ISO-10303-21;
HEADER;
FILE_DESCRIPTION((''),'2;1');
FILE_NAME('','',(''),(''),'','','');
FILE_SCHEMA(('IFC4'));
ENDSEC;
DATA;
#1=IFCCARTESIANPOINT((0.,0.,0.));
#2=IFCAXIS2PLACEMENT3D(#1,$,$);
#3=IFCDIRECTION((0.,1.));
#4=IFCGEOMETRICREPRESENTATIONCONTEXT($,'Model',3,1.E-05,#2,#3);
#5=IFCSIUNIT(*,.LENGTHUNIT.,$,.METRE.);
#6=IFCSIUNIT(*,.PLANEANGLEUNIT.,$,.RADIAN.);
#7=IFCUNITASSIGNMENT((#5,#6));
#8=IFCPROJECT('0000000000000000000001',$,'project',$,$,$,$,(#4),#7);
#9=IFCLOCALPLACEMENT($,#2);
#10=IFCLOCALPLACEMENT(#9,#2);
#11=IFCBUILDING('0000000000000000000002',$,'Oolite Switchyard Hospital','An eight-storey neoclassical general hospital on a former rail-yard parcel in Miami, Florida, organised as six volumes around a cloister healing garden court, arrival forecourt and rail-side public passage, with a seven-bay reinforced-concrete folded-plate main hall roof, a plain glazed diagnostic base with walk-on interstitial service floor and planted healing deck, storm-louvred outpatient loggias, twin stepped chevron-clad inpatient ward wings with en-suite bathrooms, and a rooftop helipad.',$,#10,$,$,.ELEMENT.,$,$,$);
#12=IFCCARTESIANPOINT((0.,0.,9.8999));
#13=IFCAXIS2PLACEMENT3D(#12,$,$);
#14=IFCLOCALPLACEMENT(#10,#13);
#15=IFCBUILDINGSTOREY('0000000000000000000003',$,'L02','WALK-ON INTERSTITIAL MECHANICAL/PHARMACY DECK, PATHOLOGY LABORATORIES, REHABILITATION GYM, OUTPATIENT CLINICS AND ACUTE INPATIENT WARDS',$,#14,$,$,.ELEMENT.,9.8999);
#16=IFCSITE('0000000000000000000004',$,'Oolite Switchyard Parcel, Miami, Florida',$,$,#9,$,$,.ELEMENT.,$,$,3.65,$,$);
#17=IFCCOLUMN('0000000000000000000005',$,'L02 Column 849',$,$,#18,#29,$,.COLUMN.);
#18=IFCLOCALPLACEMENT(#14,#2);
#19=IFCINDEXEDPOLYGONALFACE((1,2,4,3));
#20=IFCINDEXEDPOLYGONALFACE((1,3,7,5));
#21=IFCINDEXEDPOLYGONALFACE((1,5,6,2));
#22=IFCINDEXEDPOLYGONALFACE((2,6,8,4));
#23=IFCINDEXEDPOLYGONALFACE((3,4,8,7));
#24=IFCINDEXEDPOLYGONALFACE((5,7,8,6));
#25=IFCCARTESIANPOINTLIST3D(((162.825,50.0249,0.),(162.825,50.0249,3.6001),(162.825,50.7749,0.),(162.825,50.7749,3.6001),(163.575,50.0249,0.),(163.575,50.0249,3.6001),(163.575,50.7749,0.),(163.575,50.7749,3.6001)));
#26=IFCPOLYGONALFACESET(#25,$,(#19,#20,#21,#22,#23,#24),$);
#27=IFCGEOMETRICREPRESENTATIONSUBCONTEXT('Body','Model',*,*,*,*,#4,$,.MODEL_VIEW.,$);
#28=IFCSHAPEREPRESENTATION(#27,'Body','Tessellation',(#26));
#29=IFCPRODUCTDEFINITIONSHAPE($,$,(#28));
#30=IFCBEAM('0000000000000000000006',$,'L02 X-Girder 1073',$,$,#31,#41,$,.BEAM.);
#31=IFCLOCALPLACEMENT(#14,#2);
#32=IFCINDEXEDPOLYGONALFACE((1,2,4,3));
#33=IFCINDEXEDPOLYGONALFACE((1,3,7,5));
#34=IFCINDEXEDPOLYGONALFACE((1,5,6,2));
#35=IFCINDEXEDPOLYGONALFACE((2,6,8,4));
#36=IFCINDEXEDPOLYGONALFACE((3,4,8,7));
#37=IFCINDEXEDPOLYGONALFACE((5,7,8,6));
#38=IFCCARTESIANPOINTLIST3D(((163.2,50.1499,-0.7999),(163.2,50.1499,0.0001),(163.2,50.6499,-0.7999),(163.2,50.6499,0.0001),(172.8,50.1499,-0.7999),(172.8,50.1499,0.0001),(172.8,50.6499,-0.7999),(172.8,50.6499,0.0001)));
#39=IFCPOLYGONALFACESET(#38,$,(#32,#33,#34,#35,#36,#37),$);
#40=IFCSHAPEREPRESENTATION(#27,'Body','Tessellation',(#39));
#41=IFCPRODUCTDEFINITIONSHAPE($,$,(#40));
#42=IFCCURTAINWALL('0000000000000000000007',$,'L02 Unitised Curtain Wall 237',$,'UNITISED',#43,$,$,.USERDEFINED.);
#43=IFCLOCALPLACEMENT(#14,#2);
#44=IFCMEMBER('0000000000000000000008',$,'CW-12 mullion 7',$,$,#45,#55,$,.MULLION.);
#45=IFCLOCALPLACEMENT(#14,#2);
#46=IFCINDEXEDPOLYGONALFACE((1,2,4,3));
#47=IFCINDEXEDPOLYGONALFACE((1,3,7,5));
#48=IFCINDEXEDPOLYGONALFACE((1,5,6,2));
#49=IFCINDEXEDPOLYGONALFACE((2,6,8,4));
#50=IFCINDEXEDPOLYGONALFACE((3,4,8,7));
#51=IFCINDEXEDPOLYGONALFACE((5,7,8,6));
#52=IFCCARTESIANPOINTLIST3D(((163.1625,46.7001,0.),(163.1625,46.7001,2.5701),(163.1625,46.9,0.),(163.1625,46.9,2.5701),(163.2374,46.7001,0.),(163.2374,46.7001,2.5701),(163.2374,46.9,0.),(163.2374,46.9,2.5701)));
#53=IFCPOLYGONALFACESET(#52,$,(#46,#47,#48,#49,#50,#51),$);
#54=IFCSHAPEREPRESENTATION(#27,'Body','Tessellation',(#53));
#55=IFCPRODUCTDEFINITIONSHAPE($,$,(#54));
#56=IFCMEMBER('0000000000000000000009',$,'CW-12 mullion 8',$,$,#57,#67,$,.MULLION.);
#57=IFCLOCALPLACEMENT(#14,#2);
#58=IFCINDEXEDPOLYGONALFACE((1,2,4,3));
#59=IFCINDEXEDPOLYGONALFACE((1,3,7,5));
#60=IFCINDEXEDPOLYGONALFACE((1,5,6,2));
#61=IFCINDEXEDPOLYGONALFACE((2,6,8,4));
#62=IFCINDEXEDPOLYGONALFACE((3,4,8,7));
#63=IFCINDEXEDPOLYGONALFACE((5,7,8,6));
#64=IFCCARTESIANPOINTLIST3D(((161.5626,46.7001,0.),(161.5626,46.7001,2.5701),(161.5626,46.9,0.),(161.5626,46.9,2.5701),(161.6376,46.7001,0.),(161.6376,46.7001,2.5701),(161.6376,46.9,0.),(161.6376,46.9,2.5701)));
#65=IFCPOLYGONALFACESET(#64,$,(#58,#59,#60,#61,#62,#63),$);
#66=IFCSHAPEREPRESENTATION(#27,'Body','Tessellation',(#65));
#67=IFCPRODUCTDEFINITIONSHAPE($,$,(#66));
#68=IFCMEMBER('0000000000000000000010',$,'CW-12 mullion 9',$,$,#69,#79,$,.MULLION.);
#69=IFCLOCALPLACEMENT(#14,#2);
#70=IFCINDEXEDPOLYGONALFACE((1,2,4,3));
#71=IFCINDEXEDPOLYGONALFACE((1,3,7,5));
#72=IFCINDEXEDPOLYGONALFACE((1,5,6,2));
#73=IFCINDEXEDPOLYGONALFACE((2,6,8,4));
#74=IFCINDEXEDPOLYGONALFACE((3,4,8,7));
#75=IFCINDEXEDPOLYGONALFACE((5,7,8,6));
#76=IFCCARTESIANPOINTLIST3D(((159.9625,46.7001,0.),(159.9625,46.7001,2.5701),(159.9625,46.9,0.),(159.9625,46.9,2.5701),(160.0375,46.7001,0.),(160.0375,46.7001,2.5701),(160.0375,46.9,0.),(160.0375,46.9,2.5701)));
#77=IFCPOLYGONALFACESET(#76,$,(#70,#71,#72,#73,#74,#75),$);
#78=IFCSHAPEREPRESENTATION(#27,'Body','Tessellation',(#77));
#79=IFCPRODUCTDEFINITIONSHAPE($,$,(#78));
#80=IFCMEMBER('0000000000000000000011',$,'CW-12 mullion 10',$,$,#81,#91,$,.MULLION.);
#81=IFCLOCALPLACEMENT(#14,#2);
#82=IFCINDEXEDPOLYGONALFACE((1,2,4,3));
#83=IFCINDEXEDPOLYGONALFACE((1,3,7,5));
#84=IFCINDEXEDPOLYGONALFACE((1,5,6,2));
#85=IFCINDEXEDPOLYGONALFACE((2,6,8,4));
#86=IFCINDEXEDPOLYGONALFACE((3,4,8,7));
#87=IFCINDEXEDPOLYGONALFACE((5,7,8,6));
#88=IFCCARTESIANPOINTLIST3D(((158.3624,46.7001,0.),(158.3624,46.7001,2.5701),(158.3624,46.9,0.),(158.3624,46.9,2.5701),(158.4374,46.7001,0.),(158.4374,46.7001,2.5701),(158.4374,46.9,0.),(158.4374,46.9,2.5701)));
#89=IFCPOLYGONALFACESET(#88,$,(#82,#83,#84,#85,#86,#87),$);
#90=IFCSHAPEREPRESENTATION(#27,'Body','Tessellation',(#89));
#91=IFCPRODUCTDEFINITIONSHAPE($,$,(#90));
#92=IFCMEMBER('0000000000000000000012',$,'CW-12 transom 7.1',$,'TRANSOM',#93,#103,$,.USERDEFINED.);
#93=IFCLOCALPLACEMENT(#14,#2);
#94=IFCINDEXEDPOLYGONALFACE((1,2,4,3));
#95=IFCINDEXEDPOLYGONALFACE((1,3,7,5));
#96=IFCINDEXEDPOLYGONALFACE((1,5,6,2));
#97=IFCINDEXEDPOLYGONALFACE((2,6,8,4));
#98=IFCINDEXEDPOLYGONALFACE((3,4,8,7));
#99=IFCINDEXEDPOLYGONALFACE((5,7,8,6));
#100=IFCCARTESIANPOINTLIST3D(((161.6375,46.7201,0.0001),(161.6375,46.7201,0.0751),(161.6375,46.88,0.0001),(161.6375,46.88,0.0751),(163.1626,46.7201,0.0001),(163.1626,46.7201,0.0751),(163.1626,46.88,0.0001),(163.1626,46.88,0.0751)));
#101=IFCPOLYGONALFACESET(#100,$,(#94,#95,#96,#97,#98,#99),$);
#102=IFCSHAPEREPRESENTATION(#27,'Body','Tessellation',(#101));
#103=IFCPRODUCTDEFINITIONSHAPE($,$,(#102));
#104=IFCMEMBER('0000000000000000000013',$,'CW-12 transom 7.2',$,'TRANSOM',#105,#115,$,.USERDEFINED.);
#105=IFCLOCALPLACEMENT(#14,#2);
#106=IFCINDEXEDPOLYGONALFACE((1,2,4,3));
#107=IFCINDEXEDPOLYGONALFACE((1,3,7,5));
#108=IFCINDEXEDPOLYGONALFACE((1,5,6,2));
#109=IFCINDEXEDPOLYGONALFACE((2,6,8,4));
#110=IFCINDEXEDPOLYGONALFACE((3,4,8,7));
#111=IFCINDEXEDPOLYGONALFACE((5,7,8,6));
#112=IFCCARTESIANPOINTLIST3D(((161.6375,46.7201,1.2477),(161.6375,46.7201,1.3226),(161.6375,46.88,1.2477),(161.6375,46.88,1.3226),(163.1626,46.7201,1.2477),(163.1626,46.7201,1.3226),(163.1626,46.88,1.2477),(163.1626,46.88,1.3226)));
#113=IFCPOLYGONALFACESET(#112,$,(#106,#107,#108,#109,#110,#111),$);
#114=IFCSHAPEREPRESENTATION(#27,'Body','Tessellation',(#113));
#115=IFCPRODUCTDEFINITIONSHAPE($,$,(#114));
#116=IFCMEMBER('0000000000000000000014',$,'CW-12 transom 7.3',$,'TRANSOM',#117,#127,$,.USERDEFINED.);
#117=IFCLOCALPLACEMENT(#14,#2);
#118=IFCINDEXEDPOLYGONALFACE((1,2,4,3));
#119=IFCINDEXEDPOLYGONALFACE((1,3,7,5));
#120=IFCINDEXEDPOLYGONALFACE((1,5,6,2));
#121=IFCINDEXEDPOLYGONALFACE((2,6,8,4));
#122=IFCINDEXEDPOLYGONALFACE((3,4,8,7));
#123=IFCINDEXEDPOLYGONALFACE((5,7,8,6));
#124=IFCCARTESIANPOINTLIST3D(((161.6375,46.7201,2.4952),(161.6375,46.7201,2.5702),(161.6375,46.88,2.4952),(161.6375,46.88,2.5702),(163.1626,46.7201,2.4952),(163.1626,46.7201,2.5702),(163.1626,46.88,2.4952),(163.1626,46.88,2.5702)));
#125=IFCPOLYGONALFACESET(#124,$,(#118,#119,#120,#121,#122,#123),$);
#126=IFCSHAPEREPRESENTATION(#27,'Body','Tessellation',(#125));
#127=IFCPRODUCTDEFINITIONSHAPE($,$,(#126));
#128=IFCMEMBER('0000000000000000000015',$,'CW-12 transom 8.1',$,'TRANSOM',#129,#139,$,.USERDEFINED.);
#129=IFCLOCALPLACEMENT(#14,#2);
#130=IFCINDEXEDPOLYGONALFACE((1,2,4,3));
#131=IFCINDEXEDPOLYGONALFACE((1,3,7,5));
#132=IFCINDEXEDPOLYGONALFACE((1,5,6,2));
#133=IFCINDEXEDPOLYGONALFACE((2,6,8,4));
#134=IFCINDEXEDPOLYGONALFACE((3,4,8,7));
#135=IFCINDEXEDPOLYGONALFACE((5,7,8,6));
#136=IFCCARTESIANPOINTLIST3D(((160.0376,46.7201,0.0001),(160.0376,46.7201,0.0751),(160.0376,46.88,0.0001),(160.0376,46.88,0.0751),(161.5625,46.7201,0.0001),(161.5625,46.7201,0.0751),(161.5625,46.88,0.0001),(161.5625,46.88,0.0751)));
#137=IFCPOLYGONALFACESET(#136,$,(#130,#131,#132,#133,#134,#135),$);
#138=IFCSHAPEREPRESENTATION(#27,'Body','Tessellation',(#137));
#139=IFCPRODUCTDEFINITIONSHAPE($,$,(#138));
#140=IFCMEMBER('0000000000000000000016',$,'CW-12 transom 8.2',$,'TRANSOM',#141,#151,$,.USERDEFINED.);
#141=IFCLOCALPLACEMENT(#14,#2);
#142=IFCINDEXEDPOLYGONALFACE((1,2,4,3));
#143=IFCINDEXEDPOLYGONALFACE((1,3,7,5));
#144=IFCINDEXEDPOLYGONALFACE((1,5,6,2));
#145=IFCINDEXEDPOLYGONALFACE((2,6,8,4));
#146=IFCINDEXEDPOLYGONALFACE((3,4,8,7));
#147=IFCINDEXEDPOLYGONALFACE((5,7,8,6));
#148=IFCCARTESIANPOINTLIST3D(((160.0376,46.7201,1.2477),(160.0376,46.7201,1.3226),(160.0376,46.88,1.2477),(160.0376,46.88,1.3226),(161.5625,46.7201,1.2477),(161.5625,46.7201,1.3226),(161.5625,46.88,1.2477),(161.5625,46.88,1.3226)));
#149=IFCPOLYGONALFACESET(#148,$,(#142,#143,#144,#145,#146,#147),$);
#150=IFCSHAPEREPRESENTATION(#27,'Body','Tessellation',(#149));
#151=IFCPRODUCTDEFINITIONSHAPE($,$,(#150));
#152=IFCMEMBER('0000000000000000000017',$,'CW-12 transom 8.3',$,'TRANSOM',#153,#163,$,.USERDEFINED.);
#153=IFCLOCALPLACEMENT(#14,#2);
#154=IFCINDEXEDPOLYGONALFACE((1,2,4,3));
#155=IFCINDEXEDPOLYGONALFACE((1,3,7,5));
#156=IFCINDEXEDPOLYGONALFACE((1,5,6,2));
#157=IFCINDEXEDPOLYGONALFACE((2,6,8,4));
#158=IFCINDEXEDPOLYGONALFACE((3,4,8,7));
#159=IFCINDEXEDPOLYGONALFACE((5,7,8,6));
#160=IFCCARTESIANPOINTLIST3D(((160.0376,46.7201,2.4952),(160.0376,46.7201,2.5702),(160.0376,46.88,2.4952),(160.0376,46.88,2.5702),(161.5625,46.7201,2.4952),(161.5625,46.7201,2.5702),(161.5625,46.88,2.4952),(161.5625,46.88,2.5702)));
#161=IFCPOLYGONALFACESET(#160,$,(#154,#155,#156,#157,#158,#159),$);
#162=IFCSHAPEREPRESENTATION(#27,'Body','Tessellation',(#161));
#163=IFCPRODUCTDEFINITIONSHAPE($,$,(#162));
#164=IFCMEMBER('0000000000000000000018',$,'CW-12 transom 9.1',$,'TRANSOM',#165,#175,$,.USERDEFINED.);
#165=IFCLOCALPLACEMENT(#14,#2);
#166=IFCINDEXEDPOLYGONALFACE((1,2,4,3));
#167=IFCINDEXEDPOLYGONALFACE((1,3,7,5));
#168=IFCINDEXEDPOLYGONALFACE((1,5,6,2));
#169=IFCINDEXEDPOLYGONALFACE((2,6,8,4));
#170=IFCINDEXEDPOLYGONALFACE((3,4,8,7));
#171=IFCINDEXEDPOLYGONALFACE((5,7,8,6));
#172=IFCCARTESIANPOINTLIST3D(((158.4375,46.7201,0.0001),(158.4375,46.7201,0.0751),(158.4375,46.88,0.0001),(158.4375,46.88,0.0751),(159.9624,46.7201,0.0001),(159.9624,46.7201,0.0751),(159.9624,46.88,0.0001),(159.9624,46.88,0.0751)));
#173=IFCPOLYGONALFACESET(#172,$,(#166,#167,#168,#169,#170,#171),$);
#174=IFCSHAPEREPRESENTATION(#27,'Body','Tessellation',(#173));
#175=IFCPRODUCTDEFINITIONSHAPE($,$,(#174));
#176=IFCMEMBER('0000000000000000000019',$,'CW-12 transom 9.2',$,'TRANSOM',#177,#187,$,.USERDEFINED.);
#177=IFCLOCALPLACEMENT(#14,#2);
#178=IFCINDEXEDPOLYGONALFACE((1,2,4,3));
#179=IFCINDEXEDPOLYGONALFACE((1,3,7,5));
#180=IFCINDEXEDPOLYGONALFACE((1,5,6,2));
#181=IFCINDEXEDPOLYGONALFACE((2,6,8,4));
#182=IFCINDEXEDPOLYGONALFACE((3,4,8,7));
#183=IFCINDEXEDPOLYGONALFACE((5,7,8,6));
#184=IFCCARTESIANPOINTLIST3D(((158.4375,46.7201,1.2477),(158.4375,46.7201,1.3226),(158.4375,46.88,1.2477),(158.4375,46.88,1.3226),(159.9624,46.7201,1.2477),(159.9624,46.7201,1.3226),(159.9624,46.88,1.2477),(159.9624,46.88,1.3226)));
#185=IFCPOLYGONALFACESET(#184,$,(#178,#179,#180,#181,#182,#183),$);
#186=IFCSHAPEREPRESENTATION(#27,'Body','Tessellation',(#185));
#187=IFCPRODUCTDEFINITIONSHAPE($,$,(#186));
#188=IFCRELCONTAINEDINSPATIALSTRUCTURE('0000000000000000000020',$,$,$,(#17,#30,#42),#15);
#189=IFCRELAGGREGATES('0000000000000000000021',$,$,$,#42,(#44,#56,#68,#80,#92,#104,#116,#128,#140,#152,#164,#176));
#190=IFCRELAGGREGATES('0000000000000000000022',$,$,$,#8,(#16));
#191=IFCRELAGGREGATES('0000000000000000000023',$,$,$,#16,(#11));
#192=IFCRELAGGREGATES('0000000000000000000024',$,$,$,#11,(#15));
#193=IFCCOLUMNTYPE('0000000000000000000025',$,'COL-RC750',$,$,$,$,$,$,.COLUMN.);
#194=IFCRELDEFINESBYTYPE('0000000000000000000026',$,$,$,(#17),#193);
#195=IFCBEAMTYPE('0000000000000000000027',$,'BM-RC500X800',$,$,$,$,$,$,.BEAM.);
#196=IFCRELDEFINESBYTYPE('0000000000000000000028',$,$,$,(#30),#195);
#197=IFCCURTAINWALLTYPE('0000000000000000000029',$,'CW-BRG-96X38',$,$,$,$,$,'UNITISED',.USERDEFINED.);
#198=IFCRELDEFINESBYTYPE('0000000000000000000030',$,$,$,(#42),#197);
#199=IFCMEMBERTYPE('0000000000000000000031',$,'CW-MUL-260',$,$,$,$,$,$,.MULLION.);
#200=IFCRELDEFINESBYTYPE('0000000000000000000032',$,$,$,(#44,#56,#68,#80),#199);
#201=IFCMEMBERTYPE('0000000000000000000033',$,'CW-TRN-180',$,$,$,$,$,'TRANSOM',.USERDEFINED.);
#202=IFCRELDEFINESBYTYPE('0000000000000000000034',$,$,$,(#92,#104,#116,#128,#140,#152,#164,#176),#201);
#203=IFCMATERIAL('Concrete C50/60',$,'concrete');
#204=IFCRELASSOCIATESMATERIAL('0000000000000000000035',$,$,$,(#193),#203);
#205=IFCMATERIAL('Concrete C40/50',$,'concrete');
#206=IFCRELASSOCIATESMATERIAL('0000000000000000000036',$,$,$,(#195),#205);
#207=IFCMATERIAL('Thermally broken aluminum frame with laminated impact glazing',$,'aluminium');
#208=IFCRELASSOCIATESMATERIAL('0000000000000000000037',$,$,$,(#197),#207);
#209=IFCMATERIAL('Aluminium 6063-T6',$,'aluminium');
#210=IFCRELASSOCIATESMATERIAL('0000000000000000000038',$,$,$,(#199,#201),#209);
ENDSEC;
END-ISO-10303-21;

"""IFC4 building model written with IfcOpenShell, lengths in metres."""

from ifc_helpers import new_model, si_unit, direction, frame, origin, origin_2d, place, context, subcontext, project, spatial, rectangle, extrude, material, material_profile, profile_set, type_object, element, aggregate, save


model = new_model("IFC4")

# Units and contexts
model_context = context("Model", 3, precision=1e-05, world=origin(), true_north=direction((0.0, 1.0)))
body_context = subcontext(model_context, "Body", "Model", "MODEL_VIEW")
ifc_project = project(units=[si_unit("LENGTHUNIT", "METRE"), si_unit("PLANEANGLEUNIT", "RADIAN")], contexts=[model_context])

# Site, building, storey
site_placement = place(None, origin())
site = spatial("IfcSite", under=ifc_project, at=site_placement, Name="Oolite Switchyard Parcel, Miami, Florida", CompositionType="ELEMENT", RefElevation=3.65)
building_placement = place(site_placement, origin())
building = spatial("IfcBuilding", under=site, at=building_placement, Name="Oolite Switchyard Hospital", Description="An eight-storey neoclassical general hospital on a former rail-yard parcel in Miami, Florida, organised as six volumes around a cloister healing garden court, arrival forecourt and rail-side public passage, with a seven-bay reinforced-concrete folded-plate main hall roof, a plain glazed diagnostic base with walk-on interstitial service floor and planted healing deck, storm-louvred outpatient loggias, twin stepped chevron-clad inpatient ward wings with en-suite bathrooms, and a rooftop helipad.", CompositionType="ELEMENT")
storey_placement = place(building_placement, frame((0.0, 0.0, 9.8999)))
storey = spatial("IfcBuildingStorey", under=building, at=storey_placement, Name="L02", Description="WALK-ON INTERSTITIAL MECHANICAL/PHARMACY DECK, PATHOLOGY LABORATORIES, REHABILITATION GYM, OUTPATIENT CLINICS AND ACUTE INPATIENT WARDS", CompositionType="ELEMENT", Elevation=9.8999)

# Column
ifc_material_1 = material(Name="Concrete C50/60", Category="concrete")
ifc_material_profile_1 = material_profile(ifc_material_1, rectangle(XDim=0.75, YDim=0.75, at=origin_2d()), Name="RC750X750")
ifc_profile_set_1 = profile_set([ifc_material_profile_1], Name="Concrete C50/60")
column_type = type_object("IfcColumnType", Name="COL-RC750", PredefinedType="COLUMN", material=ifc_profile_set_1)
column_placement = place(storey_placement, frame((163.2, 50.3999, 0.0), z_axis=(0.0, 0.0, 1.0), x_axis=(1.0, 0.0, 0.0)))
element("IfcColumn", 1, at=column_placement, inside=storey, type_object=column_type, Name="L02 Column 849", PredefinedType="COLUMN", context=body_context, shape_type="SweptSolid", body=[
    extrude(rectangle(XDim=0.75, YDim=0.75, at=origin_2d()), origin(), (0.0, 0.0, 1.0), 3.6001),
])

# Beam
ifc_material_2 = material(Name="Concrete C40/50", Category="concrete")
ifc_material_profile_2 = material_profile(ifc_material_2, rectangle(XDim=0.5, YDim=0.8, at=origin_2d()), Name="RCB500X800")
ifc_profile_set_2 = profile_set([ifc_material_profile_2], Name="Concrete C40/50")
beam_type = type_object("IfcBeamType", Name="BM-RC500X800", PredefinedType="BEAM", material=ifc_profile_set_2)
beam_placement = place(storey_placement, frame((163.2, 50.3999, -0.3999), z_axis=(1.0, 0.0, 0.0), x_axis=(0.0, 1.0, 0.0)))
element("IfcBeam", 2, at=beam_placement, inside=storey, type_object=beam_type, Name="L02 X-Girder 1073", PredefinedType="BEAM", context=body_context, shape_type="SweptSolid", body=[
    extrude(rectangle(XDim=0.5, YDim=0.8, at=origin_2d()), origin(), (0.0, 0.0, 1.0), 9.6001),
])

# Curtain wall, members
ifc_material_3 = material(Name="Thermally broken aluminum frame with laminated impact glazing", Category="aluminium")
curtain_wall_type = type_object("IfcCurtainWallType", Name="CW-BRG-96X38", ElementType="UNITISED", PredefinedType="USERDEFINED", material=ifc_material_3)
curtain_wall_placement = place(storey_placement, origin())
curtain_wall = element("IfcCurtainWall", 3, at=curtain_wall_placement, inside=storey, type_object=curtain_wall_type, Name="L02 Unitised Curtain Wall 237", ObjectType="UNITISED", PredefinedType="USERDEFINED")
ifc_material_4 = material(Name="Aluminium 6063-T6", Category="aluminium")
ifc_material_profile_3 = material_profile(ifc_material_4, rectangle(XDim=0.2, YDim=0.075, at=origin_2d()), Name="CWM75X200")
ifc_profile_set_3 = profile_set([ifc_material_profile_3], Name="Aluminium 6063-T6")
member_type_1 = type_object("IfcMemberType", Name="CW-MUL-260", PredefinedType="MULLION", material=ifc_profile_set_3)
member_1_placement = place(storey_placement, frame((163.2, 46.8, 0.0), z_axis=(0.0, 0.0, 1.0), x_axis=(0.0, -1.0, 0.0)))
member_1 = element("IfcMember", 4, at=member_1_placement, type_object=member_type_1, Name="CW-12 mullion 7", PredefinedType="MULLION", context=body_context, shape_type="SweptSolid", body=[
    extrude(rectangle(XDim=0.2, YDim=0.075, at=origin_2d()), origin(), (0.0, 0.0, 1.0), 2.5701),
])
member_2_placement = place(storey_placement, frame((161.6001, 46.8, 0.0), z_axis=(0.0, 0.0, 1.0), x_axis=(0.0, -1.0, 0.0)))
member_2 = element("IfcMember", 5, at=member_2_placement, type_object=member_type_1, Name="CW-12 mullion 8", PredefinedType="MULLION", context=body_context, shape_type="SweptSolid", body=[
    extrude(rectangle(XDim=0.2, YDim=0.075, at=origin_2d()), origin(), (0.0, 0.0, 1.0), 2.5701),
])
member_3_placement = place(storey_placement, frame((160.0, 46.8, 0.0), z_axis=(0.0, 0.0, 1.0), x_axis=(0.0, -1.0, 0.0)))
member_3 = element("IfcMember", 6, at=member_3_placement, type_object=member_type_1, Name="CW-12 mullion 9", PredefinedType="MULLION", context=body_context, shape_type="SweptSolid", body=[
    extrude(rectangle(XDim=0.2, YDim=0.075, at=origin_2d()), origin(), (0.0, 0.0, 1.0), 2.5701),
])
member_4_placement = place(storey_placement, frame((158.3999, 46.8, 0.0), z_axis=(0.0, 0.0, 1.0), x_axis=(0.0, -1.0, 0.0)))
member_4 = element("IfcMember", 7, at=member_4_placement, type_object=member_type_1, Name="CW-12 mullion 10", PredefinedType="MULLION", context=body_context, shape_type="SweptSolid", body=[
    extrude(rectangle(XDim=0.2, YDim=0.075, at=origin_2d()), origin(), (0.0, 0.0, 1.0), 2.5701),
])
ifc_material_profile_4 = material_profile(ifc_material_4, rectangle(XDim=0.1599, YDim=0.075, at=origin_2d()), Name="CWT75X160")
ifc_profile_set_4 = profile_set([ifc_material_profile_4], Name="Aluminium 6063-T6")
member_type_2 = type_object("IfcMemberType", Name="CW-TRN-180", ElementType="TRANSOM", PredefinedType="USERDEFINED", material=ifc_profile_set_4)
member_5_placement = place(storey_placement, frame((163.1626, 46.8, 0.0376), z_axis=(-1.0, 0.0, 0.0), x_axis=(0.0, -1.0, 0.0)))
member_5 = element("IfcMember", 8, at=member_5_placement, type_object=member_type_2, Name="CW-12 transom 7.1", ObjectType="TRANSOM", PredefinedType="USERDEFINED", context=body_context, shape_type="SweptSolid", body=[
    extrude(rectangle(XDim=0.1599, YDim=0.075, at=origin_2d()), origin(), (0.0, 0.0, 1.0), 1.5251),
])
member_6_placement = place(storey_placement, frame((163.1626, 46.8, 1.2852), z_axis=(-1.0, 0.0, 0.0), x_axis=(0.0, -1.0, 0.0)))
member_6 = element("IfcMember", 9, at=member_6_placement, type_object=member_type_2, Name="CW-12 transom 7.2", ObjectType="TRANSOM", PredefinedType="USERDEFINED", context=body_context, shape_type="SweptSolid", body=[
    extrude(rectangle(XDim=0.1599, YDim=0.075, at=origin_2d()), origin(), (0.0, 0.0, 1.0), 1.5251),
])
member_7_placement = place(storey_placement, frame((163.1626, 46.8, 2.5327), z_axis=(-1.0, 0.0, 0.0), x_axis=(0.0, -1.0, 0.0)))
member_7 = element("IfcMember", 10, at=member_7_placement, type_object=member_type_2, Name="CW-12 transom 7.3", ObjectType="TRANSOM", PredefinedType="USERDEFINED", context=body_context, shape_type="SweptSolid", body=[
    extrude(rectangle(XDim=0.1599, YDim=0.075, at=origin_2d()), origin(), (0.0, 0.0, 1.0), 1.5251),
])
member_8_placement = place(storey_placement, frame((161.5625, 46.8, 0.0376), z_axis=(-1.0, 0.0, 0.0), x_axis=(0.0, -1.0, 0.0)))
member_8 = element("IfcMember", 11, at=member_8_placement, type_object=member_type_2, Name="CW-12 transom 8.1", ObjectType="TRANSOM", PredefinedType="USERDEFINED", context=body_context, shape_type="SweptSolid", body=[
    extrude(rectangle(XDim=0.1599, YDim=0.075, at=origin_2d()), origin(), (0.0, 0.0, 1.0), 1.5249),
])
member_9_placement = place(storey_placement, frame((161.5625, 46.8, 1.2852), z_axis=(-1.0, 0.0, 0.0), x_axis=(0.0, -1.0, 0.0)))
member_9 = element("IfcMember", 12, at=member_9_placement, type_object=member_type_2, Name="CW-12 transom 8.2", ObjectType="TRANSOM", PredefinedType="USERDEFINED", context=body_context, shape_type="SweptSolid", body=[
    extrude(rectangle(XDim=0.1599, YDim=0.075, at=origin_2d()), origin(), (0.0, 0.0, 1.0), 1.5249),
])
member_10_placement = place(storey_placement, frame((161.5625, 46.8, 2.5327), z_axis=(-1.0, 0.0, 0.0), x_axis=(0.0, -1.0, 0.0)))
member_10 = element("IfcMember", 13, at=member_10_placement, type_object=member_type_2, Name="CW-12 transom 8.3", ObjectType="TRANSOM", PredefinedType="USERDEFINED", context=body_context, shape_type="SweptSolid", body=[
    extrude(rectangle(XDim=0.1599, YDim=0.075, at=origin_2d()), origin(), (0.0, 0.0, 1.0), 1.5249),
])
member_11_placement = place(storey_placement, frame((159.9624, 46.8, 0.0376), z_axis=(-1.0, 0.0, 0.0), x_axis=(0.0, -1.0, 0.0)))
member_11 = element("IfcMember", 14, at=member_11_placement, type_object=member_type_2, Name="CW-12 transom 9.1", ObjectType="TRANSOM", PredefinedType="USERDEFINED", context=body_context, shape_type="SweptSolid", body=[
    extrude(rectangle(XDim=0.1599, YDim=0.075, at=origin_2d()), origin(), (0.0, 0.0, 1.0), 1.5249),
])
member_12_placement = place(storey_placement, frame((159.9624, 46.8, 1.2852), z_axis=(-1.0, 0.0, 0.0), x_axis=(0.0, -1.0, 0.0)))
member_12 = element("IfcMember", 15, at=member_12_placement, type_object=member_type_2, Name="CW-12 transom 9.2", ObjectType="TRANSOM", PredefinedType="USERDEFINED", context=body_context, shape_type="SweptSolid", body=[
    extrude(rectangle(XDim=0.1599, YDim=0.075, at=origin_2d()), origin(), (0.0, 0.0, 1.0), 1.5249),
])
aggregate(curtain_wall, [member_1, member_2, member_3, member_4, member_5, member_6, member_7, member_8, member_9, member_10, member_11, member_12])

save(model, "model.ifc")
